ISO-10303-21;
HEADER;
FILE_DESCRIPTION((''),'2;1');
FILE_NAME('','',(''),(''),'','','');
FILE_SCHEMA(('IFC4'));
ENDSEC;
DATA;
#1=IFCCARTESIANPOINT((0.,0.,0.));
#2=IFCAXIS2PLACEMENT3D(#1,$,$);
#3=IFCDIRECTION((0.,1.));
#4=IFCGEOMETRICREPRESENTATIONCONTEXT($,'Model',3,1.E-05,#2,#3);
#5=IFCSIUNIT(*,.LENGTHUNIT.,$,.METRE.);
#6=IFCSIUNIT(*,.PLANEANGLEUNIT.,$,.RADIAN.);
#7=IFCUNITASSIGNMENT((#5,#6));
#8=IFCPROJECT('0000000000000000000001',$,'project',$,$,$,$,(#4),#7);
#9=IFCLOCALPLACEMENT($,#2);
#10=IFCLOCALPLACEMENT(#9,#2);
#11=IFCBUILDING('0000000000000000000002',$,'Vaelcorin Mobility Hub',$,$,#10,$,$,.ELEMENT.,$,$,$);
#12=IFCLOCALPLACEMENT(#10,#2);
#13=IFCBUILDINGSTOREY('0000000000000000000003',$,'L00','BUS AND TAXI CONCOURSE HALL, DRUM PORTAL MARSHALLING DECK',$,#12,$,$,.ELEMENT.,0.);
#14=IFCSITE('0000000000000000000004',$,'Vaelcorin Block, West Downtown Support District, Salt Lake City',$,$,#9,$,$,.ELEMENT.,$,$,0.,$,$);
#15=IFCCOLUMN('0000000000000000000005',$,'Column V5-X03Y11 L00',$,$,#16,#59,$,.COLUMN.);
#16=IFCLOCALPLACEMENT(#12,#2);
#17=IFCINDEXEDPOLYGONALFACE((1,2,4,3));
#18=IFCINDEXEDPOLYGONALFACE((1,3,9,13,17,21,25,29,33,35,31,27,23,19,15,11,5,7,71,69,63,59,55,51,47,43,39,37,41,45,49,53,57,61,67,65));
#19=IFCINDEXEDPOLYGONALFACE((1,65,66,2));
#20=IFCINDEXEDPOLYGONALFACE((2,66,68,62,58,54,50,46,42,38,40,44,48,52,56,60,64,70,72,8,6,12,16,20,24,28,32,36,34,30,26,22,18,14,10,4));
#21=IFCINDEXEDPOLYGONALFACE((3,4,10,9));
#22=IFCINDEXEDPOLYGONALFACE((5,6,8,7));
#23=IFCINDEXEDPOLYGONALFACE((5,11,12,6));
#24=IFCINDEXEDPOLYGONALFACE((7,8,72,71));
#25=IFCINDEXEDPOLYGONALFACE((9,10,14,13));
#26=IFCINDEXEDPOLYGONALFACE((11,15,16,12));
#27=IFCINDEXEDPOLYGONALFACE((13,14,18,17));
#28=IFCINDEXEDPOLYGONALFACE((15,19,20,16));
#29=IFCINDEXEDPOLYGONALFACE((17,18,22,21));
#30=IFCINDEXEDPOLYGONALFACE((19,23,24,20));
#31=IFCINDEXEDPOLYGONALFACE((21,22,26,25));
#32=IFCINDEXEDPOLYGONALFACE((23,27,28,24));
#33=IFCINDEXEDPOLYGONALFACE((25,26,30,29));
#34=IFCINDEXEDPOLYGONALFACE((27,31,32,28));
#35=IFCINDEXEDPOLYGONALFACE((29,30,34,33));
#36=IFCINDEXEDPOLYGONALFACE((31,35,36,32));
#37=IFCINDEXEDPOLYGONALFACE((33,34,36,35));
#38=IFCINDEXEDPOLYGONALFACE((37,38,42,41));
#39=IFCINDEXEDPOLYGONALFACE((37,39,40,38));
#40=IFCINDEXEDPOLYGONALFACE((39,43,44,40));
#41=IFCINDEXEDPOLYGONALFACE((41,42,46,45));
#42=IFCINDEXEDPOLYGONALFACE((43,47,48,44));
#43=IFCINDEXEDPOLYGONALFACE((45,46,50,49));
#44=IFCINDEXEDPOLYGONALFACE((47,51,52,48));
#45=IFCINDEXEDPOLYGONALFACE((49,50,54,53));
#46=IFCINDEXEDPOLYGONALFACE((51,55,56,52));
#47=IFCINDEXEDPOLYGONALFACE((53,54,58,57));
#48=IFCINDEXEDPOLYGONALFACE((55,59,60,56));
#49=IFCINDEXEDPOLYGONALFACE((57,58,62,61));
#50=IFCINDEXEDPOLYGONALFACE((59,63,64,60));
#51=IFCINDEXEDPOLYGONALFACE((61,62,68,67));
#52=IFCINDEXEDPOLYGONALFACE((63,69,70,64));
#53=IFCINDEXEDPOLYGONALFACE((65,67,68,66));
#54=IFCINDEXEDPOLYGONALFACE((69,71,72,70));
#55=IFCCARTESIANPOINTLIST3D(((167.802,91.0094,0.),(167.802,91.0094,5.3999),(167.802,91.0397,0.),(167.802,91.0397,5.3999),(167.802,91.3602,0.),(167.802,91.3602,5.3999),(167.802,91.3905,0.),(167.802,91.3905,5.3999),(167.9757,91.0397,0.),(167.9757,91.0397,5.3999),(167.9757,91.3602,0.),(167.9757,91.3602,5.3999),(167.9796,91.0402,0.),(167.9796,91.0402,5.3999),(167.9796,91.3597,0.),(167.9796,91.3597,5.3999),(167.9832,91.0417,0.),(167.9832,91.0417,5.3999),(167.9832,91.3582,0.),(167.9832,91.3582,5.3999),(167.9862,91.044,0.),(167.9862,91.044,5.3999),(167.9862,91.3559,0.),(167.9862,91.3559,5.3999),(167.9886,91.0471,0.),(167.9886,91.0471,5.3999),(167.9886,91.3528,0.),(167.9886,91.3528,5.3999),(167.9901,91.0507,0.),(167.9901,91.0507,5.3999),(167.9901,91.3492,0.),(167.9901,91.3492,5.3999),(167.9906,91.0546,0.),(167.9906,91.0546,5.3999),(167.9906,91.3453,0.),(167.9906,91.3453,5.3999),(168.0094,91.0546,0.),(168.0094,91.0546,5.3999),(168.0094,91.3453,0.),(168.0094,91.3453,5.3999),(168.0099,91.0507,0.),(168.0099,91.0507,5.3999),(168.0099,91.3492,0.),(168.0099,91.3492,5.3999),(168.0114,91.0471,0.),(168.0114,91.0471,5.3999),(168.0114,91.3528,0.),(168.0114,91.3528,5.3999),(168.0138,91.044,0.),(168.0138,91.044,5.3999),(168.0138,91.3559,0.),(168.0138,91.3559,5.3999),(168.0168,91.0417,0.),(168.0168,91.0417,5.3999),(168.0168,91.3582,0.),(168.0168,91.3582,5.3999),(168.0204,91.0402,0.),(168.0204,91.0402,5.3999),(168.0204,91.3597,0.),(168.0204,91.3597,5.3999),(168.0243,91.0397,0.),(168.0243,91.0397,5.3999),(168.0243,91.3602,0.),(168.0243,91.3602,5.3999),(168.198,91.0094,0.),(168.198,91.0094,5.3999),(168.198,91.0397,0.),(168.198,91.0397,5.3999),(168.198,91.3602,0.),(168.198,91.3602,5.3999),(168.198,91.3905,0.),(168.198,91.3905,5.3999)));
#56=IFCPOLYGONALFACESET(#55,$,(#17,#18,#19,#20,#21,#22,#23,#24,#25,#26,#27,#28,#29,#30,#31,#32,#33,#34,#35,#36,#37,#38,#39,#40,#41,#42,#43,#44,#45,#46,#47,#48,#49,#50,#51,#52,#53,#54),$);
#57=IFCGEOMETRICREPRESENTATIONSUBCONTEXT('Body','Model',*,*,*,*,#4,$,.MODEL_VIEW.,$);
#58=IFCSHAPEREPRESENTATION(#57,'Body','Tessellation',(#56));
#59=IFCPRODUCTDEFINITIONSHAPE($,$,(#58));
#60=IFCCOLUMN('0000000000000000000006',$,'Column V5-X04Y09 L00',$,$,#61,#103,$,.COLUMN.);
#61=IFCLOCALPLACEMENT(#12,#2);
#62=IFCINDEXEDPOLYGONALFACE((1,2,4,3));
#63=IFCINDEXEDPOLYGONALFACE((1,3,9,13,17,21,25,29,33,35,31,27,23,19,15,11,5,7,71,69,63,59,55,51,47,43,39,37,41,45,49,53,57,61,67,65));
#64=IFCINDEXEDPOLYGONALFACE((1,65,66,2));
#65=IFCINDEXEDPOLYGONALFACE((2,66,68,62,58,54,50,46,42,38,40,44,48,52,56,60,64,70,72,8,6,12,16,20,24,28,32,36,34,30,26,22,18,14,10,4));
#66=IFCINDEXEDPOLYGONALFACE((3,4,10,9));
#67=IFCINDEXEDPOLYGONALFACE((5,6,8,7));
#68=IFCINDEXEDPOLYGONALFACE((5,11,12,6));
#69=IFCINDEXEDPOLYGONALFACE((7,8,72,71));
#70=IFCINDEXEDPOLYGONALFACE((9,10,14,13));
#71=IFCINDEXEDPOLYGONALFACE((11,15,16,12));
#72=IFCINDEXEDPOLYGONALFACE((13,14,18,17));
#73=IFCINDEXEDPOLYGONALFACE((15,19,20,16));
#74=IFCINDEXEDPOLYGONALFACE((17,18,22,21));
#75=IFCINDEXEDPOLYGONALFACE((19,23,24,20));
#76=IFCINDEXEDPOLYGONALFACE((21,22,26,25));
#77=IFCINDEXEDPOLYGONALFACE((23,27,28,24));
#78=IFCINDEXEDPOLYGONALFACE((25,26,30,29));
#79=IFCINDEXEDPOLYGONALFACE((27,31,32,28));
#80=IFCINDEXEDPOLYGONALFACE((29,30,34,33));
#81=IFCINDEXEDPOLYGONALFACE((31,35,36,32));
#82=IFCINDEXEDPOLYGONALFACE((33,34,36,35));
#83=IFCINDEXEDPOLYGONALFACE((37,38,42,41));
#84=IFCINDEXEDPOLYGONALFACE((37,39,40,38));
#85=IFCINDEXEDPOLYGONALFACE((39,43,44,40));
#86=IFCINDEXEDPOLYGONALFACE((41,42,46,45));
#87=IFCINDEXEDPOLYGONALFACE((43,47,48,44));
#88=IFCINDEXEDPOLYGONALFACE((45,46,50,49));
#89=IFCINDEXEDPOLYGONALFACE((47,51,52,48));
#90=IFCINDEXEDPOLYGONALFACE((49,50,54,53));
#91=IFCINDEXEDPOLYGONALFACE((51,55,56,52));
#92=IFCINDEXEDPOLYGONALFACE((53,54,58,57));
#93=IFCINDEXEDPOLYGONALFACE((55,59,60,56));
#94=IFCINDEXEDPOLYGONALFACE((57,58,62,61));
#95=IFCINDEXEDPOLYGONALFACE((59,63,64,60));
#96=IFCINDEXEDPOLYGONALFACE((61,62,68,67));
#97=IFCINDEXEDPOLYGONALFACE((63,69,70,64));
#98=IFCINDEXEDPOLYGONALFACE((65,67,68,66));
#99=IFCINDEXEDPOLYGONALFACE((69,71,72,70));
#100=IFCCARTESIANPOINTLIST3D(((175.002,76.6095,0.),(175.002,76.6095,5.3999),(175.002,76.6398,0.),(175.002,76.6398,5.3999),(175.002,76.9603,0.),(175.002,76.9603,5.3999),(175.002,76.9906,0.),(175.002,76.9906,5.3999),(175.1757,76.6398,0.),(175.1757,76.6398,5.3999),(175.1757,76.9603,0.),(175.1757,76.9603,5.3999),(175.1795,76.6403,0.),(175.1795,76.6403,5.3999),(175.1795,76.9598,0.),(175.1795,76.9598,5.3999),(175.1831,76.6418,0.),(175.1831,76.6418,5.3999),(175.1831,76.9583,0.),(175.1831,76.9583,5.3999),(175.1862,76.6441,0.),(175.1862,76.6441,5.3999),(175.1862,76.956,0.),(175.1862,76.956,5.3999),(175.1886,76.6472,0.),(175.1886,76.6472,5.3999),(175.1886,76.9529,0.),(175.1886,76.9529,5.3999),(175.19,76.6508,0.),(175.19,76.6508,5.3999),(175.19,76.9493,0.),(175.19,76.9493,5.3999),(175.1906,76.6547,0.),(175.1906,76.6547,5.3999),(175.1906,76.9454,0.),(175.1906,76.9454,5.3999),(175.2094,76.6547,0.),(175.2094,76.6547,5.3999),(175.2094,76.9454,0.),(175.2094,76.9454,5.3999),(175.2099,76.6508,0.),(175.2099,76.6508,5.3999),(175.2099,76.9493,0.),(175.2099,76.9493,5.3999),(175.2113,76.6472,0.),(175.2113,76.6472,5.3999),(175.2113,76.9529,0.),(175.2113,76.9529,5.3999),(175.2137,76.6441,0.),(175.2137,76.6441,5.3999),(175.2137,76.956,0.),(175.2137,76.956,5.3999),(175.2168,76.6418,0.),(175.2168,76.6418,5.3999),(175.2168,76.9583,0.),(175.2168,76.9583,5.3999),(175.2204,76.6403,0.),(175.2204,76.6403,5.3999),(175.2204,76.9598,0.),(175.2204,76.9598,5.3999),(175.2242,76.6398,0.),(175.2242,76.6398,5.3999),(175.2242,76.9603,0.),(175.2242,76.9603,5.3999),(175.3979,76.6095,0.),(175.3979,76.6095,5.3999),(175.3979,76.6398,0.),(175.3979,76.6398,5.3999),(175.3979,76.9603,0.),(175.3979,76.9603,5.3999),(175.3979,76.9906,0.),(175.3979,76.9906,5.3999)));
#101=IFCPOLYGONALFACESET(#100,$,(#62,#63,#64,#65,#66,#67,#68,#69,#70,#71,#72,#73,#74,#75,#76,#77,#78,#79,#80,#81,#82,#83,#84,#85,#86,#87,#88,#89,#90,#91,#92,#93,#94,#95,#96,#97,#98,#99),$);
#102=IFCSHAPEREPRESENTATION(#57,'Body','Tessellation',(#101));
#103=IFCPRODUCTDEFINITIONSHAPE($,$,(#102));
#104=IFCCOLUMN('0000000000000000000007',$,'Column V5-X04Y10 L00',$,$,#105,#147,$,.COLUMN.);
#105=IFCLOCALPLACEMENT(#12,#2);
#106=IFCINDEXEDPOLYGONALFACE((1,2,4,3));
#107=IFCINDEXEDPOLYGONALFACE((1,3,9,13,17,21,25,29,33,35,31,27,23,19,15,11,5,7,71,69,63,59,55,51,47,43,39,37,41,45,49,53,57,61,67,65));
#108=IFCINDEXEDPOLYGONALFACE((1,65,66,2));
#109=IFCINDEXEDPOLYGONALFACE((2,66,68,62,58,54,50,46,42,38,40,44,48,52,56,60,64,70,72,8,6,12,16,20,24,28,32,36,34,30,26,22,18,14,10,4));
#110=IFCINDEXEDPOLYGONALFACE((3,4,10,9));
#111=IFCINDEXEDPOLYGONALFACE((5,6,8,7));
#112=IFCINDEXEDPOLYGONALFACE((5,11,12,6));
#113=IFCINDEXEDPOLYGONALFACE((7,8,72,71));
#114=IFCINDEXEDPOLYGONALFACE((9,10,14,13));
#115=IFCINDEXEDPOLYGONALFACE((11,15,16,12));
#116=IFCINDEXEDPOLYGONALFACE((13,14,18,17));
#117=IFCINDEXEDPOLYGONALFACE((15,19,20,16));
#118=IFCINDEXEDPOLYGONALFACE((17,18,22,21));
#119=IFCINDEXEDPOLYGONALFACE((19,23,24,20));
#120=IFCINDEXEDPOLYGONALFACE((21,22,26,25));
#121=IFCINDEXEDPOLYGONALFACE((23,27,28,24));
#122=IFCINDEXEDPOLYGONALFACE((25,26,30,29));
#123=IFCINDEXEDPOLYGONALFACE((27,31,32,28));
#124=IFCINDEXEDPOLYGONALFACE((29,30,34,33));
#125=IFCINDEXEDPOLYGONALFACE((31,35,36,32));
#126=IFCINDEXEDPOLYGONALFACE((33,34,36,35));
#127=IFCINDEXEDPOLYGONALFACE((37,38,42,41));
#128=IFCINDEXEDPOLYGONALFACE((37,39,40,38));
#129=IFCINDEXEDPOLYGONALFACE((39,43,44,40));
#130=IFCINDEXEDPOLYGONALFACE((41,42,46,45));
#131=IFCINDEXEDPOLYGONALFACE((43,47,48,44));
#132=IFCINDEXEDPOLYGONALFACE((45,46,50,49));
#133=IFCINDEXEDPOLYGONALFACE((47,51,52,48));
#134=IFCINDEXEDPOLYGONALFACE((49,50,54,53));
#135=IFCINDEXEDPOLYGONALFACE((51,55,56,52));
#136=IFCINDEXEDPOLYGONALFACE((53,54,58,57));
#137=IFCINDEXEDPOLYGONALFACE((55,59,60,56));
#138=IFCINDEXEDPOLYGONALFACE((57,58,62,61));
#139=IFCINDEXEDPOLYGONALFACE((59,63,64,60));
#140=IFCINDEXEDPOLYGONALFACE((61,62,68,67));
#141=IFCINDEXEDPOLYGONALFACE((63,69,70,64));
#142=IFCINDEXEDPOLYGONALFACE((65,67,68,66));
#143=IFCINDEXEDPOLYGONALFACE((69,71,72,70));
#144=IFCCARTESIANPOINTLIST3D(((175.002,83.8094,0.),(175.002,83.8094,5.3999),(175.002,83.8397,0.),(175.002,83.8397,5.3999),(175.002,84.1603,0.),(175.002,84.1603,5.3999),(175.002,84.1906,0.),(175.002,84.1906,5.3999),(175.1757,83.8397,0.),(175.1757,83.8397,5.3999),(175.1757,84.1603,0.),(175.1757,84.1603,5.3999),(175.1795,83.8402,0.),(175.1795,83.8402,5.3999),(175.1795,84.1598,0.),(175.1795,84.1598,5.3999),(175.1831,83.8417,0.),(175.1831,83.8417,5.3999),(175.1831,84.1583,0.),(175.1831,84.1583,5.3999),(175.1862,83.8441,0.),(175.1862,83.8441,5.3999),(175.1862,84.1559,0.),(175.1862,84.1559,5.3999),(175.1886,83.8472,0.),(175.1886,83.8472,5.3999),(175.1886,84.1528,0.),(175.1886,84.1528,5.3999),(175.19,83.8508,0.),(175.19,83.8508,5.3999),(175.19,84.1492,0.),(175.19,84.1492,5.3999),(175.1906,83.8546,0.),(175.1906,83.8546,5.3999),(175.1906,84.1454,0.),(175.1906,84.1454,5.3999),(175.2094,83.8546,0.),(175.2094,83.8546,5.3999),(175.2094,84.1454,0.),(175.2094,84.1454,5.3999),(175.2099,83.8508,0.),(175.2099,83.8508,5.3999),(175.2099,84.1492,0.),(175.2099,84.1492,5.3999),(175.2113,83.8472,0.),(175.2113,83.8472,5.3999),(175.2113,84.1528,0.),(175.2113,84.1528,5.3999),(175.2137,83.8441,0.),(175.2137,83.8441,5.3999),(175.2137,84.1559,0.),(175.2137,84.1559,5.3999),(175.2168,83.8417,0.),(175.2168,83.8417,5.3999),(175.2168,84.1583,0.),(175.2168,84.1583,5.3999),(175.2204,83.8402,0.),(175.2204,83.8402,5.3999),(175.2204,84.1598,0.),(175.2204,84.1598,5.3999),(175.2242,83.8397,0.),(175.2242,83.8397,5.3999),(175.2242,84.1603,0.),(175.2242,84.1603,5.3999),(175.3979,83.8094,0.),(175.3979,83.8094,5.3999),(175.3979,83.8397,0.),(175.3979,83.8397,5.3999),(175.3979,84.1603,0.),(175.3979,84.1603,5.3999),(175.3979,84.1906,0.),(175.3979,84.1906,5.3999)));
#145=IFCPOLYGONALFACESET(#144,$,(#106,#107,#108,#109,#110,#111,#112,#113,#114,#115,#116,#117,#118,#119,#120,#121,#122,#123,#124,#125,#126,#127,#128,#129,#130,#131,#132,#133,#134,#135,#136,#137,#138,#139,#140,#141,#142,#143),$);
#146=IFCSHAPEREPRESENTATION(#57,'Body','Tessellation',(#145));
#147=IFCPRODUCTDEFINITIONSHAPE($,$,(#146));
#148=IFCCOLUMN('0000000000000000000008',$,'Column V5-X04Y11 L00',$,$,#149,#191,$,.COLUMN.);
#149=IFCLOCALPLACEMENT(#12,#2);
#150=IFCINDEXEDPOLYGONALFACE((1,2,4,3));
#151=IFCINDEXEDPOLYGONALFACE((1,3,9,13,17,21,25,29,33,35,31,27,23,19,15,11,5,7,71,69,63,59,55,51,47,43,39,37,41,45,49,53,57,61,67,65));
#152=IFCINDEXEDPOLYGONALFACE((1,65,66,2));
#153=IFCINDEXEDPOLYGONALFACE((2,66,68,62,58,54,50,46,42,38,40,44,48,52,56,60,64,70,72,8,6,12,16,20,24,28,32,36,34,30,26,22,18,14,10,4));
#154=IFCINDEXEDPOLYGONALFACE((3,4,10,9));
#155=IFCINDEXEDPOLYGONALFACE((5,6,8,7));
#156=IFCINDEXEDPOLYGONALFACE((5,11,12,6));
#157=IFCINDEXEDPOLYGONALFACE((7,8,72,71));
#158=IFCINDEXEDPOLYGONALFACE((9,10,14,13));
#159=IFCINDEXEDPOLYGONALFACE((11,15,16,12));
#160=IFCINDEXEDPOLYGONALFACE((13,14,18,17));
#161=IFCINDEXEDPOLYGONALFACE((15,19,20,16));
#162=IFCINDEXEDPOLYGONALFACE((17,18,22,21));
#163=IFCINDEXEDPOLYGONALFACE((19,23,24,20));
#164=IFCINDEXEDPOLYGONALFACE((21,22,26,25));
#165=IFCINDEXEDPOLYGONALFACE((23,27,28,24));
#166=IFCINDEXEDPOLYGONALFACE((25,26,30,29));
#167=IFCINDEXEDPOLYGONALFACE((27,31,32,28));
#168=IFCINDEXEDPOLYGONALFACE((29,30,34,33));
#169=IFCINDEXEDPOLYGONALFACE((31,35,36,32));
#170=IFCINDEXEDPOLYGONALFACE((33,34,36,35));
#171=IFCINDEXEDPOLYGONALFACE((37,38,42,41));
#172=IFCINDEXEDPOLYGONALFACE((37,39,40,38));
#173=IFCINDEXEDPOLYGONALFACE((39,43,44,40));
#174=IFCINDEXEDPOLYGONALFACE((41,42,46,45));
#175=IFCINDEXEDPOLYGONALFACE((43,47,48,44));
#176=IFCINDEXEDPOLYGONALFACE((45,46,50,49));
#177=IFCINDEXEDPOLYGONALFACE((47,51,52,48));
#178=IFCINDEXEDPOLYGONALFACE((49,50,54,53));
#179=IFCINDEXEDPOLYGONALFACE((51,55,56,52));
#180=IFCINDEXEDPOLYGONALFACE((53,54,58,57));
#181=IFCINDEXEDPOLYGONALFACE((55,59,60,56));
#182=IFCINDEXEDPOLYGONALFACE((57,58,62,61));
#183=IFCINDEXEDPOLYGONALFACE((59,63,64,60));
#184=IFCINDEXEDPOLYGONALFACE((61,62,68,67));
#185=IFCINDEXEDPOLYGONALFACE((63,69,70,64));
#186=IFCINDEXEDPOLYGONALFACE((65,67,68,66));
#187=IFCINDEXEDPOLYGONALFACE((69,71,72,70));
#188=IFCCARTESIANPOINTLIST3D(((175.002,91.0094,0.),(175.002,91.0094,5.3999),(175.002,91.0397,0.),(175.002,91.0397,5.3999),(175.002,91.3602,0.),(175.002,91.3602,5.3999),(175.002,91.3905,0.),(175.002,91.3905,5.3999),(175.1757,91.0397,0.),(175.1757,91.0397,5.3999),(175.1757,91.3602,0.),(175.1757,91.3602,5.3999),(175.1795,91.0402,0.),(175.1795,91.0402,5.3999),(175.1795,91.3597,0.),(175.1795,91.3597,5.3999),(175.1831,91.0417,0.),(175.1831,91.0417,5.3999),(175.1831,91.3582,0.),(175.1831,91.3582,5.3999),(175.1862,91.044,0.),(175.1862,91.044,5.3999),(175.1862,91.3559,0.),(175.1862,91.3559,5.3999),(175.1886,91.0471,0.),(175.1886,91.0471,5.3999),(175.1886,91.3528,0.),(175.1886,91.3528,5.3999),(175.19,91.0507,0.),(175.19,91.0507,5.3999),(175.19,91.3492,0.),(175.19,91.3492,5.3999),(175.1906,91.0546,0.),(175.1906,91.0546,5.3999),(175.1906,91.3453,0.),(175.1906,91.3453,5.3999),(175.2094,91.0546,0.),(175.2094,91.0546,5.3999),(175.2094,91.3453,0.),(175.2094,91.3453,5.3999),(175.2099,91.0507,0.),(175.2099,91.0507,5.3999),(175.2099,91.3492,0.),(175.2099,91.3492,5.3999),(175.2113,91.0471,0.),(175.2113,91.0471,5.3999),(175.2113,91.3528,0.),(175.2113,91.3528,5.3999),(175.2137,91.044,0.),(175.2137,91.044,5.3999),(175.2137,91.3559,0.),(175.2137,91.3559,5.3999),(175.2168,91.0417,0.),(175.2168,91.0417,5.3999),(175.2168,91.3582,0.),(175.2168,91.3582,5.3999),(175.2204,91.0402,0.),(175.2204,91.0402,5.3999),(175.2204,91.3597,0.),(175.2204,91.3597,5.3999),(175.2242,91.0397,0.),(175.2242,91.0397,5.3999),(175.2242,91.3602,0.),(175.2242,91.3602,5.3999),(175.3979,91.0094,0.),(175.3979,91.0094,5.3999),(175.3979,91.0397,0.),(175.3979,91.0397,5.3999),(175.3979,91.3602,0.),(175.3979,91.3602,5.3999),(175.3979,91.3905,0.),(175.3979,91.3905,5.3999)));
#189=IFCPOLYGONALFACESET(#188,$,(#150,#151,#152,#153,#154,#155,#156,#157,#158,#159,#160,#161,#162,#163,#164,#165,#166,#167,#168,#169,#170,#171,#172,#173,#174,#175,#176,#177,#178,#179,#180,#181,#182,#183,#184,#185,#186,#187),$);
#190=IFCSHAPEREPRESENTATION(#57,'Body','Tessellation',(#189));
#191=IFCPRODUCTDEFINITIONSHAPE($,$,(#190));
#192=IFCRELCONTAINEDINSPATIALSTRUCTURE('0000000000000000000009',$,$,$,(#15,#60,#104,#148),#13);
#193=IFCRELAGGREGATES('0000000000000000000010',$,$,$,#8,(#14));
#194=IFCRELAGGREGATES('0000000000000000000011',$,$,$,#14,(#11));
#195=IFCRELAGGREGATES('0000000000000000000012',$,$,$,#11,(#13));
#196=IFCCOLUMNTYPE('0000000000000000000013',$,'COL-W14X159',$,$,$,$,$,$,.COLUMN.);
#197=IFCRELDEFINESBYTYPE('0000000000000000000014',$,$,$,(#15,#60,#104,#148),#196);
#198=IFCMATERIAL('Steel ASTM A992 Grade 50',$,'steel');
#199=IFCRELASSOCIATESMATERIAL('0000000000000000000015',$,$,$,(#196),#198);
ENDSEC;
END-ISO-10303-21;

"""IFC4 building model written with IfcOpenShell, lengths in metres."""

from ifc_helpers import new_model, si_unit, direction, frame, origin, origin_2d, place, context, subcontext, project, spatial, i_section, extrude, material, material_profile, profile_set, type_object, element, save


model = new_model("IFC4")

# Units and contexts
model_context = context("Model", 3, precision=1e-05, world=origin(), true_north=direction((0.0, 1.0)))
body_context = subcontext(model_context, "Body", "Model", "MODEL_VIEW")
ifc_project = project(units=[si_unit("LENGTHUNIT", "METRE"), si_unit("PLANEANGLEUNIT", "RADIAN")], contexts=[model_context])

# Site, building, storey
site_placement = place(None, origin())
site = spatial("IfcSite", under=ifc_project, at=site_placement, Name="Vaelcorin Block, West Downtown Support District, Salt Lake City", CompositionType="ELEMENT", RefElevation=0.0)
building_placement = place(site_placement, origin())
building = spatial("IfcBuilding", under=site, at=building_placement, Name="Vaelcorin Mobility Hub", CompositionType="ELEMENT")
storey_placement = place(building_placement, origin())
storey = spatial("IfcBuildingStorey", under=building, at=storey_placement, Name="L00", Description="BUS AND TAXI CONCOURSE HALL, DRUM PORTAL MARSHALLING DECK", CompositionType="ELEMENT", Elevation=0.0)

# Columns
ifc_material_1 = material(Name="Steel ASTM A992 Grade 50", Category="steel")
ifc_material_profile_1 = material_profile(ifc_material_1, i_section(OverallWidth=0.396, OverallDepth=0.3811, WebThickness=0.0188, FlangeThickness=0.0303, FilletRadius=0.0149, at=origin_2d()), Name="W14X159")
ifc_profile_set_1 = profile_set([ifc_material_profile_1], Name="Steel ASTM A992 Grade 50")
column_type = type_object("IfcColumnType", Name="COL-W14X159", PredefinedType="COLUMN", material=ifc_profile_set_1)
for number, where, z_axis, x_axis, name in (
    (1, (168.0, 91.2, 0.0), (0.0, 0.0, 1.0), (1.0, 0.0, 0.0), "Column V5-X03Y11 L00"),
    (2, (175.2, 76.8, 0.0), (0.0, 0.0, 1.0), (1.0, 0.0, 0.0), "Column V5-X04Y09 L00"),
    (3, (175.2, 84.0, 0.0), (0.0, 0.0, 1.0), (1.0, 0.0, 0.0), "Column V5-X04Y10 L00"),
    (4, (175.2, 91.2, 0.0), (0.0, 0.0, 1.0), (1.0, 0.0, 0.0), "Column V5-X04Y11 L00"),
):
    element("IfcColumn", number, at=place(storey_placement, frame(where, z_axis=z_axis, x_axis=x_axis)), inside=storey, type_object=column_type, Name=name, PredefinedType="COLUMN", context=body_context, shape_type="SweptSolid", body=[
        extrude(i_section(OverallWidth=0.396, OverallDepth=0.3811, WebThickness=0.0188, FlangeThickness=0.0303, FilletRadius=0.0149, at=origin_2d()), origin(), (0.0, 0.0, 1.0), 5.3999),
    ])

save(model, "model.ifc")
